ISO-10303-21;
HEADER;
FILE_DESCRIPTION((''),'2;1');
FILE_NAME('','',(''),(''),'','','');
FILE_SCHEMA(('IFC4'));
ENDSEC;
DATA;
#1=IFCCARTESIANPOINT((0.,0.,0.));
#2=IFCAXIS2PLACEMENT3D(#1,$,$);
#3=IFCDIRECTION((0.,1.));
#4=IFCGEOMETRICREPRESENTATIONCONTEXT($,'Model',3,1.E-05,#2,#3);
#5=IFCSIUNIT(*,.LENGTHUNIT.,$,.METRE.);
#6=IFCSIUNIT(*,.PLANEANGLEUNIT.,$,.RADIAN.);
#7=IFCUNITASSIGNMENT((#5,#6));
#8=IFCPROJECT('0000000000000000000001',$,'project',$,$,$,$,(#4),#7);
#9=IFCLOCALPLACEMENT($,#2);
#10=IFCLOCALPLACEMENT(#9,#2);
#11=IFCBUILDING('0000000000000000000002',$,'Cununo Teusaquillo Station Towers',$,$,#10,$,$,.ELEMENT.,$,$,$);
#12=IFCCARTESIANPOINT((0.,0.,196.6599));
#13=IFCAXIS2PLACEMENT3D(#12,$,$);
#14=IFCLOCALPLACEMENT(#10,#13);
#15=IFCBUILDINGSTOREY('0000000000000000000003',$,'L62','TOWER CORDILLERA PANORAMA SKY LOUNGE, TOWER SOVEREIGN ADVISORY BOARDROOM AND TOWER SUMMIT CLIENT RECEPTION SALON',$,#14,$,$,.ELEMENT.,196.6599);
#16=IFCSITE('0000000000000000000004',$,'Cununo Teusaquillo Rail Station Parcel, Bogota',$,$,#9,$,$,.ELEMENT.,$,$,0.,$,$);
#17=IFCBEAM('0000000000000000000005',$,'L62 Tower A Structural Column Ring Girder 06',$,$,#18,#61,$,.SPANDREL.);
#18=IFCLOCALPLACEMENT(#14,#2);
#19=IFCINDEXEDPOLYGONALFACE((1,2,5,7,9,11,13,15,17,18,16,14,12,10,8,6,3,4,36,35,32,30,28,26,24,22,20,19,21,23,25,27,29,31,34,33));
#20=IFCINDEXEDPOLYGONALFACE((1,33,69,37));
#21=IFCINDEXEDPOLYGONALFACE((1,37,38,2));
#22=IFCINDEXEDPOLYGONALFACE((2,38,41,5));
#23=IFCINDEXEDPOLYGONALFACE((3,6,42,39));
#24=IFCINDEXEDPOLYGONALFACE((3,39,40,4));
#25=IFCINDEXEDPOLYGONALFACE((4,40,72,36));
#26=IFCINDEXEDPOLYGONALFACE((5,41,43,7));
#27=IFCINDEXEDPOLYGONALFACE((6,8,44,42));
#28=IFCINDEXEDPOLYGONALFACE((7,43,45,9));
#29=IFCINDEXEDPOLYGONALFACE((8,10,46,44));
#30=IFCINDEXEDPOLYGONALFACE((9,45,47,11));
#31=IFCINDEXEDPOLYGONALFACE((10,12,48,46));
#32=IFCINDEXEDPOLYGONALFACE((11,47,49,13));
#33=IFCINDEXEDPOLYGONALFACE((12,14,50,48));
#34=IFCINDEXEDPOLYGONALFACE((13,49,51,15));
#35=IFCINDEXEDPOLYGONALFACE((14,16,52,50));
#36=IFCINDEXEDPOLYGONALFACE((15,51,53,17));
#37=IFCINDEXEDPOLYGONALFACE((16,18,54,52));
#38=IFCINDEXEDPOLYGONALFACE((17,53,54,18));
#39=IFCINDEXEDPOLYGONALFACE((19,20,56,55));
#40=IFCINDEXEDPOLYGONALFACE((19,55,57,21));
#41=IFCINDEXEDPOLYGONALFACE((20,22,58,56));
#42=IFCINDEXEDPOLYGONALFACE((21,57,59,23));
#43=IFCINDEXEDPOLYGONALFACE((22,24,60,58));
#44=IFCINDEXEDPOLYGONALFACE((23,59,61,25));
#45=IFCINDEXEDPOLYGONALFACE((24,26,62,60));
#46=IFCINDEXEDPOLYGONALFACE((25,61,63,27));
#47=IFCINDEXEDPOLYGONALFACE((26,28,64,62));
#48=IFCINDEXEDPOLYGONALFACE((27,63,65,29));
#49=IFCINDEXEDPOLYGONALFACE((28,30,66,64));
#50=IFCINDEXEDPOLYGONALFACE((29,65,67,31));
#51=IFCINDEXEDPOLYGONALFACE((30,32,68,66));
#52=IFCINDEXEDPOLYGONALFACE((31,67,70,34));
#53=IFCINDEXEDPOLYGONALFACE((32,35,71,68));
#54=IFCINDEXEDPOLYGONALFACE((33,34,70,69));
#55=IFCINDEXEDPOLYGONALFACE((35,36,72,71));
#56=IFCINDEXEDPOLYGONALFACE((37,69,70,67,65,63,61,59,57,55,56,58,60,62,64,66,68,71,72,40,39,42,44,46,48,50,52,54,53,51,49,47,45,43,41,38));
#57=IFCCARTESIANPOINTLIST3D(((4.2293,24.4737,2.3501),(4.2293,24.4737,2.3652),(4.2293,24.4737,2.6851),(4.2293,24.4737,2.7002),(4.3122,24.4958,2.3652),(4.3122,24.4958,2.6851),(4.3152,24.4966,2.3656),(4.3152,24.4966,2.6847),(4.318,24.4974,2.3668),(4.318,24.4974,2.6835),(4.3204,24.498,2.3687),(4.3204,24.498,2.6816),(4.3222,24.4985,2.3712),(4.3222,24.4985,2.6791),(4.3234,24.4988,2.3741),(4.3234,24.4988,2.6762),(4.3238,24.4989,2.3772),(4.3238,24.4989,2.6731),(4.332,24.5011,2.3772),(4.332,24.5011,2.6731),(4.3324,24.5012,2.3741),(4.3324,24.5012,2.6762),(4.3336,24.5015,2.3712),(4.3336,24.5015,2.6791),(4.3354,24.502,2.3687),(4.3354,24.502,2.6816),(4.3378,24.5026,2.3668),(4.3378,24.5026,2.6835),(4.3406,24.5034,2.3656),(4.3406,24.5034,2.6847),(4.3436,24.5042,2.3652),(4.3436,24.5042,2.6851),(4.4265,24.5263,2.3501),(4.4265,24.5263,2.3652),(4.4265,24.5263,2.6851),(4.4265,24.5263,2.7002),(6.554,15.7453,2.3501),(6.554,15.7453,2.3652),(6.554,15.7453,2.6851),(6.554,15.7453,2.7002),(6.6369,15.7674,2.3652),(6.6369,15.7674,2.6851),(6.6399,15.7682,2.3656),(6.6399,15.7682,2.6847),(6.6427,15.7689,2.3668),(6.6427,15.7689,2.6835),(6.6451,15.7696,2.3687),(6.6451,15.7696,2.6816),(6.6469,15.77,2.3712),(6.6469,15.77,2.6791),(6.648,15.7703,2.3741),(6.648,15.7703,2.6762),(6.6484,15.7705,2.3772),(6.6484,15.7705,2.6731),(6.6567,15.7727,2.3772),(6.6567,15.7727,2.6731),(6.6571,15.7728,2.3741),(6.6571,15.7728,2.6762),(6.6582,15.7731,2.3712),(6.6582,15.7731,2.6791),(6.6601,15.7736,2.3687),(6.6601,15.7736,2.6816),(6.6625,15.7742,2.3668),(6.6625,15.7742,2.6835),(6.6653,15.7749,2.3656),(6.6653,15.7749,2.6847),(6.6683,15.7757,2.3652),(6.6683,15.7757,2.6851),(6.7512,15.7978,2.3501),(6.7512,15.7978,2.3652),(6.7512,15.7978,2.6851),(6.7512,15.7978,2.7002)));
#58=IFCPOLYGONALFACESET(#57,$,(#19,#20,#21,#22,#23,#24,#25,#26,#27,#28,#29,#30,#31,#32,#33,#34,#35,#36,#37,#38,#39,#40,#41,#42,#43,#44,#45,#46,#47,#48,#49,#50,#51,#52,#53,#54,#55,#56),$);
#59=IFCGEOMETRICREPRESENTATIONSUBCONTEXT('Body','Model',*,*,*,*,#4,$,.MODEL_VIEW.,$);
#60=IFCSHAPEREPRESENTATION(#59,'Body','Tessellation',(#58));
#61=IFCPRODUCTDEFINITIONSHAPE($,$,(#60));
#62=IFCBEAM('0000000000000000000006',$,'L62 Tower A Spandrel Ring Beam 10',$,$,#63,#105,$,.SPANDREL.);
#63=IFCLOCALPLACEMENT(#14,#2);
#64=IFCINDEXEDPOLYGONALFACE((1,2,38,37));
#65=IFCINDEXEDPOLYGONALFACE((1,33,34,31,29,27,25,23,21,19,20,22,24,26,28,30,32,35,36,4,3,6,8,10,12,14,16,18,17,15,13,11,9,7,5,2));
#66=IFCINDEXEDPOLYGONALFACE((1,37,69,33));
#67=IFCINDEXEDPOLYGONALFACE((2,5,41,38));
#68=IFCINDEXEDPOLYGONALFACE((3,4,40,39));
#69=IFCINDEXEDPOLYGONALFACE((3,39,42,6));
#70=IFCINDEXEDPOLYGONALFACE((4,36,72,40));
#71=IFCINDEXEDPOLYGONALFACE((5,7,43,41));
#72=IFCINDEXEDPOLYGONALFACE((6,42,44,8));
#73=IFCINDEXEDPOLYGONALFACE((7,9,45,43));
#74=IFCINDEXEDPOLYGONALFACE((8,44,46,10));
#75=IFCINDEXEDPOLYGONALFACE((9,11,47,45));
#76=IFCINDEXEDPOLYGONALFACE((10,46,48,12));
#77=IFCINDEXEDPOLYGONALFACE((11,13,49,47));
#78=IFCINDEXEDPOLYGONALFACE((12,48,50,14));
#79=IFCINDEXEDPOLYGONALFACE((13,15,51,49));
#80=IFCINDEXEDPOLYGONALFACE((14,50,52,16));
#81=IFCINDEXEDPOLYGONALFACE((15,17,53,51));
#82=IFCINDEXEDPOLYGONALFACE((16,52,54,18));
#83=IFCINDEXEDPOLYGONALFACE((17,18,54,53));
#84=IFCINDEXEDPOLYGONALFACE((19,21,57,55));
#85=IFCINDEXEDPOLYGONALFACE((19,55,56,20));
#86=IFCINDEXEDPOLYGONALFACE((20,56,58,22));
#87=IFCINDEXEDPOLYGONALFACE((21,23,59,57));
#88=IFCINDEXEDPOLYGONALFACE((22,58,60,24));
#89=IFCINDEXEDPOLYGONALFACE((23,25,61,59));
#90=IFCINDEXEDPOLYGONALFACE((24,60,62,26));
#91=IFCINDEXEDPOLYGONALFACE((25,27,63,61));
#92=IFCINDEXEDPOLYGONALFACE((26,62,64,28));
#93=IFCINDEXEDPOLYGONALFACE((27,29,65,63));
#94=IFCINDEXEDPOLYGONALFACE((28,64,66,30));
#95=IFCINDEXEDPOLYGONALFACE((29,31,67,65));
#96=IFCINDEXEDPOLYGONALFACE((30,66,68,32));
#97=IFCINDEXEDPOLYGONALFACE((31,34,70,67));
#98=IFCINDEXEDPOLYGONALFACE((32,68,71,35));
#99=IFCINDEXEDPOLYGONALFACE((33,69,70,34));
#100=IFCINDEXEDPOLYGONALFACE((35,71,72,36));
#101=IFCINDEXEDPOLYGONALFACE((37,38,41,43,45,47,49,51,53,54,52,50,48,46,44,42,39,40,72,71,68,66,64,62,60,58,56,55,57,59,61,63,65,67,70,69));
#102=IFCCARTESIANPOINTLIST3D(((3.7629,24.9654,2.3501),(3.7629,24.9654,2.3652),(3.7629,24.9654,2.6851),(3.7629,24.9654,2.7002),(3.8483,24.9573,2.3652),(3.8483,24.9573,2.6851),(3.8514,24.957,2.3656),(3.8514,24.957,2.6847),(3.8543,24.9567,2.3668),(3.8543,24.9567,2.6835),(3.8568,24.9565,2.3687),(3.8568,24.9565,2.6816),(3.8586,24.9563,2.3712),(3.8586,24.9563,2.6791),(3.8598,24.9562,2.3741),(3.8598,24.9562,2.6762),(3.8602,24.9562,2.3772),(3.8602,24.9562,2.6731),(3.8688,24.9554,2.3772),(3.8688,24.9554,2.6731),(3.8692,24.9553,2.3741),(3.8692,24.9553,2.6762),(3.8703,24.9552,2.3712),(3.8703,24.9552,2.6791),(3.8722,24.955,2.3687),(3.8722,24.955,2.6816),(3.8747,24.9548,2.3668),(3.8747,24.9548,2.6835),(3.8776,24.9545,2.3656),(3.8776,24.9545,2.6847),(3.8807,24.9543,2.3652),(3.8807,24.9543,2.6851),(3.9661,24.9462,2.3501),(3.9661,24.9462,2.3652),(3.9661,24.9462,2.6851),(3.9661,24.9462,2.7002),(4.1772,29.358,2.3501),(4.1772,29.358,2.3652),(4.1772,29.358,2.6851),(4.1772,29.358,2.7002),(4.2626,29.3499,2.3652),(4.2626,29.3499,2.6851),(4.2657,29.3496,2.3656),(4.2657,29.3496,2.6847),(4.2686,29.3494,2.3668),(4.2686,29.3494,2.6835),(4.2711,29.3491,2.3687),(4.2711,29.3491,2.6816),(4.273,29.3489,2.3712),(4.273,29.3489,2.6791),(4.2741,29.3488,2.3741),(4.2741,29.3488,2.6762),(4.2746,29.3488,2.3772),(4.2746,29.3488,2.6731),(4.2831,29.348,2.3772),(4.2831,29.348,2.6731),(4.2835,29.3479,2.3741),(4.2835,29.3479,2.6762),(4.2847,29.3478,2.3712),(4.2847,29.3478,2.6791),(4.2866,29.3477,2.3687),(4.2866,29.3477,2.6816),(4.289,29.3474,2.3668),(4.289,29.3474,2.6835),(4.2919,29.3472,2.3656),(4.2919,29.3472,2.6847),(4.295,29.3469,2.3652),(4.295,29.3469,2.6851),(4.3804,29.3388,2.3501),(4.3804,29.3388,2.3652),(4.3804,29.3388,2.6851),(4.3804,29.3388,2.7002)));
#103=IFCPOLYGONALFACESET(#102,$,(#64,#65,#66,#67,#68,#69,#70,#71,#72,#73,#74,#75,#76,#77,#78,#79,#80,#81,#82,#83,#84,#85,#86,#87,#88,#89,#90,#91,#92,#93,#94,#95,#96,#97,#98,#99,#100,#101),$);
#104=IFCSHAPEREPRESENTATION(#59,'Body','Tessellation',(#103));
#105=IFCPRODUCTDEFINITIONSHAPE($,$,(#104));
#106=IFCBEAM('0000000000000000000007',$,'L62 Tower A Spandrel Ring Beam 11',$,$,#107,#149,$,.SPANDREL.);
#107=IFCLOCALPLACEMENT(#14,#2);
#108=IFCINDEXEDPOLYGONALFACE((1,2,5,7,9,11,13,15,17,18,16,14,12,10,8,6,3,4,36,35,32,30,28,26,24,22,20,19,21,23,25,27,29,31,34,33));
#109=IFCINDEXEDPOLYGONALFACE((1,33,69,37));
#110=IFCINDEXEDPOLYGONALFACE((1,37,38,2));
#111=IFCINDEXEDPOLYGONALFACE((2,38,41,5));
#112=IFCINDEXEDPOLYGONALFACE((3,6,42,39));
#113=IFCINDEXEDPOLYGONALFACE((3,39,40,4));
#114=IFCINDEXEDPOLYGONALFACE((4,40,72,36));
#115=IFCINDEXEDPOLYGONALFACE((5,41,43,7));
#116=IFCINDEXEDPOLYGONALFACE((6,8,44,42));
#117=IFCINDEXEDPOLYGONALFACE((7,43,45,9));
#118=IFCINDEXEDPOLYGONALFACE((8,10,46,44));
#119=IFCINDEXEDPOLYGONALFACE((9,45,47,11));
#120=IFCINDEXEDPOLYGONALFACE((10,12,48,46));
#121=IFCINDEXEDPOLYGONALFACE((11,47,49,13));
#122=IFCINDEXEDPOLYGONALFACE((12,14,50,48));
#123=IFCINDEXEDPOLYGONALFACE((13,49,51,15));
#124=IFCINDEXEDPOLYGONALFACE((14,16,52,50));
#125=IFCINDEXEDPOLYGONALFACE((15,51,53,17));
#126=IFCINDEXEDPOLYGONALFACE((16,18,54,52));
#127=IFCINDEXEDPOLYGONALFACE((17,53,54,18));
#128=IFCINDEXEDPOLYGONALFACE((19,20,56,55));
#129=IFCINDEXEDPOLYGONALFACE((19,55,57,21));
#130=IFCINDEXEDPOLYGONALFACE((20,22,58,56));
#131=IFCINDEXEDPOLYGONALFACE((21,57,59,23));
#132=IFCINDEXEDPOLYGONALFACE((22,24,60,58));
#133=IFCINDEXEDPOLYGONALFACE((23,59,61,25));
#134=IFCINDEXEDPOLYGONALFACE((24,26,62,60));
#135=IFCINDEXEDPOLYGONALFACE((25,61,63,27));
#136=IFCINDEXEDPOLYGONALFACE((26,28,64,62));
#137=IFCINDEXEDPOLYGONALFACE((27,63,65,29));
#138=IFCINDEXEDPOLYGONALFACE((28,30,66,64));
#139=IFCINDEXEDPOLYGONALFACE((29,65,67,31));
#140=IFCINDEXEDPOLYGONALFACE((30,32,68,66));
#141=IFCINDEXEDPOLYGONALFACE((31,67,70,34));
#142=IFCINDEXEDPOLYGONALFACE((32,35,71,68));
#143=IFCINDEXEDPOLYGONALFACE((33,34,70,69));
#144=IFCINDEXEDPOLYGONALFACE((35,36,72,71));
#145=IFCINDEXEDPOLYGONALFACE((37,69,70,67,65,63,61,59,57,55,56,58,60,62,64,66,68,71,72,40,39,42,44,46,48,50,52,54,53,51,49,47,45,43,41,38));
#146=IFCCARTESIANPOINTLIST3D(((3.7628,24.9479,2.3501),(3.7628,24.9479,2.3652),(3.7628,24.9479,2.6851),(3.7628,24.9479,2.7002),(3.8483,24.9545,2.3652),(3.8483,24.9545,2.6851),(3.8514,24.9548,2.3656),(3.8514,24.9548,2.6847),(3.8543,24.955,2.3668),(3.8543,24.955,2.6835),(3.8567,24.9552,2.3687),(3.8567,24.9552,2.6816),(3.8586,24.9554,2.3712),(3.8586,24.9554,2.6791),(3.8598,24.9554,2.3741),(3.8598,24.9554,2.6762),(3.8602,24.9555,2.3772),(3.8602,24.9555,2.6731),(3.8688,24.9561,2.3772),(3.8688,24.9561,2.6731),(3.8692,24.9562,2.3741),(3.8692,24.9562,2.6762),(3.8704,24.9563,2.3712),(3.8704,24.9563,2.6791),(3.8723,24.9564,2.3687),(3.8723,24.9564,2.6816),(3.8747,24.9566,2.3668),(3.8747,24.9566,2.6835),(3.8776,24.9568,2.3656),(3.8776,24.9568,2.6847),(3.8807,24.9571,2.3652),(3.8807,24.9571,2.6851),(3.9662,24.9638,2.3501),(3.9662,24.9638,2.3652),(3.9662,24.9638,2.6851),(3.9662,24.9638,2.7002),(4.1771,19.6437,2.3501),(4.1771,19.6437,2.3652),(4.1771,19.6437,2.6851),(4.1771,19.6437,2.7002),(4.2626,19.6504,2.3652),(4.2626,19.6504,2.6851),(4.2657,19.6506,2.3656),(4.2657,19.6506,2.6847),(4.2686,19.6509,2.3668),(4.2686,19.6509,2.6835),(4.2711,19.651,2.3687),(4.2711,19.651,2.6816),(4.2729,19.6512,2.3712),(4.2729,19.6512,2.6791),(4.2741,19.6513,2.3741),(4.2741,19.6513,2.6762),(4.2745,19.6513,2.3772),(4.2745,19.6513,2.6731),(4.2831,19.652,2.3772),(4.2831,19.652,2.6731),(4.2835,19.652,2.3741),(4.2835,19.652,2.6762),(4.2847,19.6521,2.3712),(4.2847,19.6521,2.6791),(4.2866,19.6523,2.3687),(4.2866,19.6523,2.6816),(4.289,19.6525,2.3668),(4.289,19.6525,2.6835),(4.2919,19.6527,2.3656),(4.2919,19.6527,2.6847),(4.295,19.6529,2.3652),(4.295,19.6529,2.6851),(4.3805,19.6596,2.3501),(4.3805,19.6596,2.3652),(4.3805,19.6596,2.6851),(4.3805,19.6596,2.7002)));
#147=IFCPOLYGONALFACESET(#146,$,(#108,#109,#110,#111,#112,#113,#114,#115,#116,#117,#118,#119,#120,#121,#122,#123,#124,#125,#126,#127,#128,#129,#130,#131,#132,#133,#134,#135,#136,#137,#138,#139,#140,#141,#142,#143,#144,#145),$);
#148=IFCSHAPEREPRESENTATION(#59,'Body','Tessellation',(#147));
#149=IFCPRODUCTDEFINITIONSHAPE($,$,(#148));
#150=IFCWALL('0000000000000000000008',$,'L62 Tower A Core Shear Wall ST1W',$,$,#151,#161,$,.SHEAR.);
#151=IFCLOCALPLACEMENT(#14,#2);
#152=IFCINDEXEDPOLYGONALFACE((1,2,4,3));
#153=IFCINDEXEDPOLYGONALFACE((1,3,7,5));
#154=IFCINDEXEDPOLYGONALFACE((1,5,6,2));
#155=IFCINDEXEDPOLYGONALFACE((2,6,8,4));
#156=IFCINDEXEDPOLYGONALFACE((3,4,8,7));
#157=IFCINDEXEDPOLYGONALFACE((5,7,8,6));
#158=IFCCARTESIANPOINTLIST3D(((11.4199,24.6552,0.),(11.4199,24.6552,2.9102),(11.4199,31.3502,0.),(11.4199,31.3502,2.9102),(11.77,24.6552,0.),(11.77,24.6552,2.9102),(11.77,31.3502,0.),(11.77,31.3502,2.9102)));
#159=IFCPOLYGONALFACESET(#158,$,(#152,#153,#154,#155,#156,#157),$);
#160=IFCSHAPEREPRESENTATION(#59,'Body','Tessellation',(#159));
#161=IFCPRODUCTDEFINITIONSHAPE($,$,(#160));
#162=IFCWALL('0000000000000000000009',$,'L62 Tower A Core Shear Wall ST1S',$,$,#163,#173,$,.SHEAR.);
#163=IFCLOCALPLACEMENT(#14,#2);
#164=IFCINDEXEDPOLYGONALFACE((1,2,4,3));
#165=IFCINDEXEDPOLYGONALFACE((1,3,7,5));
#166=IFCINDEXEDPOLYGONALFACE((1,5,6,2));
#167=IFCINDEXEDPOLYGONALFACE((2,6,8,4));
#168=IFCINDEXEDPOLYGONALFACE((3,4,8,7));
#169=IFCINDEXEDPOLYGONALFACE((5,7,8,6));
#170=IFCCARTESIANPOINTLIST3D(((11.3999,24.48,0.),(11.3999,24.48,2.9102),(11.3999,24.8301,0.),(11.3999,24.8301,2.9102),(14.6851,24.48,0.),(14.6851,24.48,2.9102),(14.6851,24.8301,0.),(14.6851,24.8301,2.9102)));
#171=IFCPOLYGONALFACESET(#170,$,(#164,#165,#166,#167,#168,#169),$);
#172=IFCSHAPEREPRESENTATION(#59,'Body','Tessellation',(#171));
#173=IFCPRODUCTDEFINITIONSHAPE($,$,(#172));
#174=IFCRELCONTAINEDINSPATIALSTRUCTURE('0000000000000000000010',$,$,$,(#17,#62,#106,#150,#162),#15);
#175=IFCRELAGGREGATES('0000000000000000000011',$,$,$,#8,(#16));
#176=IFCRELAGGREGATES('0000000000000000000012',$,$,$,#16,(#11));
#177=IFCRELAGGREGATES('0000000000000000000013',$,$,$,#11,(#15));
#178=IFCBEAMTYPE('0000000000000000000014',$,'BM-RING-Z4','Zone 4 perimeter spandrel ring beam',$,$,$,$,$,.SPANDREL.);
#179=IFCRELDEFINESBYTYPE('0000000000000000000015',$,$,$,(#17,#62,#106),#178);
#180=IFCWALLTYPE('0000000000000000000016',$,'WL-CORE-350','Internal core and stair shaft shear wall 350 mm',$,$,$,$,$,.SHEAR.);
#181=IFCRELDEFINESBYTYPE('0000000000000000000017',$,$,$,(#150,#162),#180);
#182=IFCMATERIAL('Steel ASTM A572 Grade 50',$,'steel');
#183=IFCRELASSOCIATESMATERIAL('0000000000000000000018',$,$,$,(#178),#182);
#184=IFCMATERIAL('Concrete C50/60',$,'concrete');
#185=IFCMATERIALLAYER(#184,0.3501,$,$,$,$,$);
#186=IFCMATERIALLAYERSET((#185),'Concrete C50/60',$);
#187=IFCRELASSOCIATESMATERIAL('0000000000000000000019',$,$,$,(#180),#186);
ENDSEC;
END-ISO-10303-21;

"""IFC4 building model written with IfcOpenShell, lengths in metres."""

from ifc_helpers import new_model, si_unit, direction, frame, frame_2d, origin, origin_2d, place, context, subcontext, project, spatial, rectangle, i_section, extrude, material, layer, layer_set, material_profile, profile_set, type_object, element, save


model = new_model("IFC4")

# Units and contexts
model_context = context("Model", 3, precision=1e-05, world=origin(), true_north=direction((0.0, 1.0)))
body_context = subcontext(model_context, "Body", "Model", "MODEL_VIEW")
ifc_project = project(units=[si_unit("LENGTHUNIT", "METRE"), si_unit("PLANEANGLEUNIT", "RADIAN")], contexts=[model_context])

# Site, building, storey
site_placement = place(None, origin())
site = spatial("IfcSite", under=ifc_project, at=site_placement, Name="Cununo Teusaquillo Rail Station Parcel, Bogota", CompositionType="ELEMENT", RefElevation=0.0)
building_placement = place(site_placement, origin())
building = spatial("IfcBuilding", under=site, at=building_placement, Name="Cununo Teusaquillo Station Towers", CompositionType="ELEMENT")
storey_placement = place(building_placement, frame((0.0, 0.0, 196.6599)))
storey = spatial("IfcBuildingStorey", under=building, at=storey_placement, Name="L62", Description="TOWER CORDILLERA PANORAMA SKY LOUNGE, TOWER SOVEREIGN ADVISORY BOARDROOM AND TOWER SUMMIT CLIENT RECEPTION SALON", CompositionType="ELEMENT", Elevation=196.6599)

# Beams
ifc_material_1 = material(Name="Steel ASTM A572 Grade 50", Category="steel")
ifc_material_profile_1 = material_profile(ifc_material_1, i_section(OverallWidth=0.2041, OverallDepth=0.3501, WebThickness=0.0085, FlangeThickness=0.0151, FilletRadius=0.012, at=origin_2d()), Name="W14X48")
ifc_profile_set_1 = profile_set([ifc_material_profile_1], Name="Steel ASTM A572 Grade 50")
beam_type_1 = type_object("IfcBeamType", Name="BM-RING-Z4", Description="Zone 4 perimeter spandrel ring beam", PredefinedType="SPANDREL", material=ifc_profile_set_1)
beam_1_placement = place(storey_placement, frame((4.3279, 24.5, 2.5251), z_axis=(0.257363, -0.966315, 0.0), x_axis=(0.966315, 0.257363, 0.0)))
element("IfcBeam", 1, at=beam_1_placement, inside=storey, type_object=beam_type_1, Name="L62 Tower A Structural Column Ring Girder 06", PredefinedType="SPANDREL", context=body_context, shape_type="SweptSolid", body=[
    extrude(i_section(OverallWidth=0.2041, OverallDepth=0.3501, WebThickness=0.0085, FlangeThickness=0.0151, FilletRadius=0.012, at=origin_2d()), origin(), (0.0, 0.0, 1.0), 9.0327),
])
beam_2_placement = place(storey_placement, frame((4.2788, 29.3484, 2.5251), z_axis=(-0.093903, -0.995581, 0.0), x_axis=(0.995581, -0.093903, 0.0)))
element("IfcBeam", 2, at=beam_2_placement, inside=storey, type_object=beam_type_1, Name="L62 Tower A Spandrel Ring Beam 10", PredefinedType="SPANDREL", context=body_context, shape_type="SweptSolid", body=[
    extrude(i_section(OverallWidth=0.2041, OverallDepth=0.3501, WebThickness=0.0085, FlangeThickness=0.0151, FilletRadius=0.012, at=origin_2d()), origin(), (0.0, 0.0, 1.0), 4.4121),
])
beam_3_placement = place(storey_placement, frame((3.8645, 24.9558, 2.5251), z_axis=(0.077872, -0.996963, 0.0), x_axis=(0.996963, 0.077872, 0.0)))
element("IfcBeam", 3, at=beam_3_placement, inside=storey, type_object=beam_type_1, Name="L62 Tower A Spandrel Ring Beam 11", PredefinedType="SPANDREL", context=body_context, shape_type="SweptSolid", body=[
    extrude(i_section(OverallWidth=0.2041, OverallDepth=0.3501, WebThickness=0.0085, FlangeThickness=0.0151, FilletRadius=0.012, at=origin_2d()), origin(), (0.0, 0.0, 1.0), 5.3203),
])

# Walls
ifc_material_2 = material(Name="Concrete C50/60", Category="concrete")
ifc_layer_1 = layer(ifc_material_2, 0.3501)
ifc_layer_set_1 = layer_set([ifc_layer_1], Name="Concrete C50/60")
wall_type_1 = type_object("IfcWallType", Name="WL-CORE-350", Description="Internal core and stair shaft shear wall 350 mm", PredefinedType="SHEAR", material=ifc_layer_set_1)
wall_1_placement = place(storey_placement, frame((11.595, 24.655, 0.0), z_axis=(0.0, 0.0, 1.0), x_axis=(0.0, 1.0, 0.0)))
element("IfcWall", 4, at=wall_1_placement, inside=storey, type_object=wall_type_1, Name="L62 Tower A Core Shear Wall ST1W", PredefinedType="SHEAR", context=body_context, shape_type="SweptSolid", body=[
    extrude(rectangle(XDim=6.6951, YDim=0.3501, at=frame_2d((3.3477, 0.0))), origin(), (0.0, 0.0, 1.0), 2.9102),
])
wall_2_placement = place(storey_placement, frame((11.3999, 24.655, 0.0), z_axis=(0.0, 0.0, 1.0), x_axis=(1.0, 0.0, 0.0)))
element("IfcWall", 5, at=wall_2_placement, inside=storey, type_object=wall_type_1, Name="L62 Tower A Core Shear Wall ST1S", PredefinedType="SHEAR", context=body_context, shape_type="SweptSolid", body=[
    extrude(rectangle(XDim=3.2852, YDim=0.3501, at=frame_2d((1.6426, 0.0))), origin(), (0.0, 0.0, 1.0), 2.9102),
])

save(model, "model.ifc")
